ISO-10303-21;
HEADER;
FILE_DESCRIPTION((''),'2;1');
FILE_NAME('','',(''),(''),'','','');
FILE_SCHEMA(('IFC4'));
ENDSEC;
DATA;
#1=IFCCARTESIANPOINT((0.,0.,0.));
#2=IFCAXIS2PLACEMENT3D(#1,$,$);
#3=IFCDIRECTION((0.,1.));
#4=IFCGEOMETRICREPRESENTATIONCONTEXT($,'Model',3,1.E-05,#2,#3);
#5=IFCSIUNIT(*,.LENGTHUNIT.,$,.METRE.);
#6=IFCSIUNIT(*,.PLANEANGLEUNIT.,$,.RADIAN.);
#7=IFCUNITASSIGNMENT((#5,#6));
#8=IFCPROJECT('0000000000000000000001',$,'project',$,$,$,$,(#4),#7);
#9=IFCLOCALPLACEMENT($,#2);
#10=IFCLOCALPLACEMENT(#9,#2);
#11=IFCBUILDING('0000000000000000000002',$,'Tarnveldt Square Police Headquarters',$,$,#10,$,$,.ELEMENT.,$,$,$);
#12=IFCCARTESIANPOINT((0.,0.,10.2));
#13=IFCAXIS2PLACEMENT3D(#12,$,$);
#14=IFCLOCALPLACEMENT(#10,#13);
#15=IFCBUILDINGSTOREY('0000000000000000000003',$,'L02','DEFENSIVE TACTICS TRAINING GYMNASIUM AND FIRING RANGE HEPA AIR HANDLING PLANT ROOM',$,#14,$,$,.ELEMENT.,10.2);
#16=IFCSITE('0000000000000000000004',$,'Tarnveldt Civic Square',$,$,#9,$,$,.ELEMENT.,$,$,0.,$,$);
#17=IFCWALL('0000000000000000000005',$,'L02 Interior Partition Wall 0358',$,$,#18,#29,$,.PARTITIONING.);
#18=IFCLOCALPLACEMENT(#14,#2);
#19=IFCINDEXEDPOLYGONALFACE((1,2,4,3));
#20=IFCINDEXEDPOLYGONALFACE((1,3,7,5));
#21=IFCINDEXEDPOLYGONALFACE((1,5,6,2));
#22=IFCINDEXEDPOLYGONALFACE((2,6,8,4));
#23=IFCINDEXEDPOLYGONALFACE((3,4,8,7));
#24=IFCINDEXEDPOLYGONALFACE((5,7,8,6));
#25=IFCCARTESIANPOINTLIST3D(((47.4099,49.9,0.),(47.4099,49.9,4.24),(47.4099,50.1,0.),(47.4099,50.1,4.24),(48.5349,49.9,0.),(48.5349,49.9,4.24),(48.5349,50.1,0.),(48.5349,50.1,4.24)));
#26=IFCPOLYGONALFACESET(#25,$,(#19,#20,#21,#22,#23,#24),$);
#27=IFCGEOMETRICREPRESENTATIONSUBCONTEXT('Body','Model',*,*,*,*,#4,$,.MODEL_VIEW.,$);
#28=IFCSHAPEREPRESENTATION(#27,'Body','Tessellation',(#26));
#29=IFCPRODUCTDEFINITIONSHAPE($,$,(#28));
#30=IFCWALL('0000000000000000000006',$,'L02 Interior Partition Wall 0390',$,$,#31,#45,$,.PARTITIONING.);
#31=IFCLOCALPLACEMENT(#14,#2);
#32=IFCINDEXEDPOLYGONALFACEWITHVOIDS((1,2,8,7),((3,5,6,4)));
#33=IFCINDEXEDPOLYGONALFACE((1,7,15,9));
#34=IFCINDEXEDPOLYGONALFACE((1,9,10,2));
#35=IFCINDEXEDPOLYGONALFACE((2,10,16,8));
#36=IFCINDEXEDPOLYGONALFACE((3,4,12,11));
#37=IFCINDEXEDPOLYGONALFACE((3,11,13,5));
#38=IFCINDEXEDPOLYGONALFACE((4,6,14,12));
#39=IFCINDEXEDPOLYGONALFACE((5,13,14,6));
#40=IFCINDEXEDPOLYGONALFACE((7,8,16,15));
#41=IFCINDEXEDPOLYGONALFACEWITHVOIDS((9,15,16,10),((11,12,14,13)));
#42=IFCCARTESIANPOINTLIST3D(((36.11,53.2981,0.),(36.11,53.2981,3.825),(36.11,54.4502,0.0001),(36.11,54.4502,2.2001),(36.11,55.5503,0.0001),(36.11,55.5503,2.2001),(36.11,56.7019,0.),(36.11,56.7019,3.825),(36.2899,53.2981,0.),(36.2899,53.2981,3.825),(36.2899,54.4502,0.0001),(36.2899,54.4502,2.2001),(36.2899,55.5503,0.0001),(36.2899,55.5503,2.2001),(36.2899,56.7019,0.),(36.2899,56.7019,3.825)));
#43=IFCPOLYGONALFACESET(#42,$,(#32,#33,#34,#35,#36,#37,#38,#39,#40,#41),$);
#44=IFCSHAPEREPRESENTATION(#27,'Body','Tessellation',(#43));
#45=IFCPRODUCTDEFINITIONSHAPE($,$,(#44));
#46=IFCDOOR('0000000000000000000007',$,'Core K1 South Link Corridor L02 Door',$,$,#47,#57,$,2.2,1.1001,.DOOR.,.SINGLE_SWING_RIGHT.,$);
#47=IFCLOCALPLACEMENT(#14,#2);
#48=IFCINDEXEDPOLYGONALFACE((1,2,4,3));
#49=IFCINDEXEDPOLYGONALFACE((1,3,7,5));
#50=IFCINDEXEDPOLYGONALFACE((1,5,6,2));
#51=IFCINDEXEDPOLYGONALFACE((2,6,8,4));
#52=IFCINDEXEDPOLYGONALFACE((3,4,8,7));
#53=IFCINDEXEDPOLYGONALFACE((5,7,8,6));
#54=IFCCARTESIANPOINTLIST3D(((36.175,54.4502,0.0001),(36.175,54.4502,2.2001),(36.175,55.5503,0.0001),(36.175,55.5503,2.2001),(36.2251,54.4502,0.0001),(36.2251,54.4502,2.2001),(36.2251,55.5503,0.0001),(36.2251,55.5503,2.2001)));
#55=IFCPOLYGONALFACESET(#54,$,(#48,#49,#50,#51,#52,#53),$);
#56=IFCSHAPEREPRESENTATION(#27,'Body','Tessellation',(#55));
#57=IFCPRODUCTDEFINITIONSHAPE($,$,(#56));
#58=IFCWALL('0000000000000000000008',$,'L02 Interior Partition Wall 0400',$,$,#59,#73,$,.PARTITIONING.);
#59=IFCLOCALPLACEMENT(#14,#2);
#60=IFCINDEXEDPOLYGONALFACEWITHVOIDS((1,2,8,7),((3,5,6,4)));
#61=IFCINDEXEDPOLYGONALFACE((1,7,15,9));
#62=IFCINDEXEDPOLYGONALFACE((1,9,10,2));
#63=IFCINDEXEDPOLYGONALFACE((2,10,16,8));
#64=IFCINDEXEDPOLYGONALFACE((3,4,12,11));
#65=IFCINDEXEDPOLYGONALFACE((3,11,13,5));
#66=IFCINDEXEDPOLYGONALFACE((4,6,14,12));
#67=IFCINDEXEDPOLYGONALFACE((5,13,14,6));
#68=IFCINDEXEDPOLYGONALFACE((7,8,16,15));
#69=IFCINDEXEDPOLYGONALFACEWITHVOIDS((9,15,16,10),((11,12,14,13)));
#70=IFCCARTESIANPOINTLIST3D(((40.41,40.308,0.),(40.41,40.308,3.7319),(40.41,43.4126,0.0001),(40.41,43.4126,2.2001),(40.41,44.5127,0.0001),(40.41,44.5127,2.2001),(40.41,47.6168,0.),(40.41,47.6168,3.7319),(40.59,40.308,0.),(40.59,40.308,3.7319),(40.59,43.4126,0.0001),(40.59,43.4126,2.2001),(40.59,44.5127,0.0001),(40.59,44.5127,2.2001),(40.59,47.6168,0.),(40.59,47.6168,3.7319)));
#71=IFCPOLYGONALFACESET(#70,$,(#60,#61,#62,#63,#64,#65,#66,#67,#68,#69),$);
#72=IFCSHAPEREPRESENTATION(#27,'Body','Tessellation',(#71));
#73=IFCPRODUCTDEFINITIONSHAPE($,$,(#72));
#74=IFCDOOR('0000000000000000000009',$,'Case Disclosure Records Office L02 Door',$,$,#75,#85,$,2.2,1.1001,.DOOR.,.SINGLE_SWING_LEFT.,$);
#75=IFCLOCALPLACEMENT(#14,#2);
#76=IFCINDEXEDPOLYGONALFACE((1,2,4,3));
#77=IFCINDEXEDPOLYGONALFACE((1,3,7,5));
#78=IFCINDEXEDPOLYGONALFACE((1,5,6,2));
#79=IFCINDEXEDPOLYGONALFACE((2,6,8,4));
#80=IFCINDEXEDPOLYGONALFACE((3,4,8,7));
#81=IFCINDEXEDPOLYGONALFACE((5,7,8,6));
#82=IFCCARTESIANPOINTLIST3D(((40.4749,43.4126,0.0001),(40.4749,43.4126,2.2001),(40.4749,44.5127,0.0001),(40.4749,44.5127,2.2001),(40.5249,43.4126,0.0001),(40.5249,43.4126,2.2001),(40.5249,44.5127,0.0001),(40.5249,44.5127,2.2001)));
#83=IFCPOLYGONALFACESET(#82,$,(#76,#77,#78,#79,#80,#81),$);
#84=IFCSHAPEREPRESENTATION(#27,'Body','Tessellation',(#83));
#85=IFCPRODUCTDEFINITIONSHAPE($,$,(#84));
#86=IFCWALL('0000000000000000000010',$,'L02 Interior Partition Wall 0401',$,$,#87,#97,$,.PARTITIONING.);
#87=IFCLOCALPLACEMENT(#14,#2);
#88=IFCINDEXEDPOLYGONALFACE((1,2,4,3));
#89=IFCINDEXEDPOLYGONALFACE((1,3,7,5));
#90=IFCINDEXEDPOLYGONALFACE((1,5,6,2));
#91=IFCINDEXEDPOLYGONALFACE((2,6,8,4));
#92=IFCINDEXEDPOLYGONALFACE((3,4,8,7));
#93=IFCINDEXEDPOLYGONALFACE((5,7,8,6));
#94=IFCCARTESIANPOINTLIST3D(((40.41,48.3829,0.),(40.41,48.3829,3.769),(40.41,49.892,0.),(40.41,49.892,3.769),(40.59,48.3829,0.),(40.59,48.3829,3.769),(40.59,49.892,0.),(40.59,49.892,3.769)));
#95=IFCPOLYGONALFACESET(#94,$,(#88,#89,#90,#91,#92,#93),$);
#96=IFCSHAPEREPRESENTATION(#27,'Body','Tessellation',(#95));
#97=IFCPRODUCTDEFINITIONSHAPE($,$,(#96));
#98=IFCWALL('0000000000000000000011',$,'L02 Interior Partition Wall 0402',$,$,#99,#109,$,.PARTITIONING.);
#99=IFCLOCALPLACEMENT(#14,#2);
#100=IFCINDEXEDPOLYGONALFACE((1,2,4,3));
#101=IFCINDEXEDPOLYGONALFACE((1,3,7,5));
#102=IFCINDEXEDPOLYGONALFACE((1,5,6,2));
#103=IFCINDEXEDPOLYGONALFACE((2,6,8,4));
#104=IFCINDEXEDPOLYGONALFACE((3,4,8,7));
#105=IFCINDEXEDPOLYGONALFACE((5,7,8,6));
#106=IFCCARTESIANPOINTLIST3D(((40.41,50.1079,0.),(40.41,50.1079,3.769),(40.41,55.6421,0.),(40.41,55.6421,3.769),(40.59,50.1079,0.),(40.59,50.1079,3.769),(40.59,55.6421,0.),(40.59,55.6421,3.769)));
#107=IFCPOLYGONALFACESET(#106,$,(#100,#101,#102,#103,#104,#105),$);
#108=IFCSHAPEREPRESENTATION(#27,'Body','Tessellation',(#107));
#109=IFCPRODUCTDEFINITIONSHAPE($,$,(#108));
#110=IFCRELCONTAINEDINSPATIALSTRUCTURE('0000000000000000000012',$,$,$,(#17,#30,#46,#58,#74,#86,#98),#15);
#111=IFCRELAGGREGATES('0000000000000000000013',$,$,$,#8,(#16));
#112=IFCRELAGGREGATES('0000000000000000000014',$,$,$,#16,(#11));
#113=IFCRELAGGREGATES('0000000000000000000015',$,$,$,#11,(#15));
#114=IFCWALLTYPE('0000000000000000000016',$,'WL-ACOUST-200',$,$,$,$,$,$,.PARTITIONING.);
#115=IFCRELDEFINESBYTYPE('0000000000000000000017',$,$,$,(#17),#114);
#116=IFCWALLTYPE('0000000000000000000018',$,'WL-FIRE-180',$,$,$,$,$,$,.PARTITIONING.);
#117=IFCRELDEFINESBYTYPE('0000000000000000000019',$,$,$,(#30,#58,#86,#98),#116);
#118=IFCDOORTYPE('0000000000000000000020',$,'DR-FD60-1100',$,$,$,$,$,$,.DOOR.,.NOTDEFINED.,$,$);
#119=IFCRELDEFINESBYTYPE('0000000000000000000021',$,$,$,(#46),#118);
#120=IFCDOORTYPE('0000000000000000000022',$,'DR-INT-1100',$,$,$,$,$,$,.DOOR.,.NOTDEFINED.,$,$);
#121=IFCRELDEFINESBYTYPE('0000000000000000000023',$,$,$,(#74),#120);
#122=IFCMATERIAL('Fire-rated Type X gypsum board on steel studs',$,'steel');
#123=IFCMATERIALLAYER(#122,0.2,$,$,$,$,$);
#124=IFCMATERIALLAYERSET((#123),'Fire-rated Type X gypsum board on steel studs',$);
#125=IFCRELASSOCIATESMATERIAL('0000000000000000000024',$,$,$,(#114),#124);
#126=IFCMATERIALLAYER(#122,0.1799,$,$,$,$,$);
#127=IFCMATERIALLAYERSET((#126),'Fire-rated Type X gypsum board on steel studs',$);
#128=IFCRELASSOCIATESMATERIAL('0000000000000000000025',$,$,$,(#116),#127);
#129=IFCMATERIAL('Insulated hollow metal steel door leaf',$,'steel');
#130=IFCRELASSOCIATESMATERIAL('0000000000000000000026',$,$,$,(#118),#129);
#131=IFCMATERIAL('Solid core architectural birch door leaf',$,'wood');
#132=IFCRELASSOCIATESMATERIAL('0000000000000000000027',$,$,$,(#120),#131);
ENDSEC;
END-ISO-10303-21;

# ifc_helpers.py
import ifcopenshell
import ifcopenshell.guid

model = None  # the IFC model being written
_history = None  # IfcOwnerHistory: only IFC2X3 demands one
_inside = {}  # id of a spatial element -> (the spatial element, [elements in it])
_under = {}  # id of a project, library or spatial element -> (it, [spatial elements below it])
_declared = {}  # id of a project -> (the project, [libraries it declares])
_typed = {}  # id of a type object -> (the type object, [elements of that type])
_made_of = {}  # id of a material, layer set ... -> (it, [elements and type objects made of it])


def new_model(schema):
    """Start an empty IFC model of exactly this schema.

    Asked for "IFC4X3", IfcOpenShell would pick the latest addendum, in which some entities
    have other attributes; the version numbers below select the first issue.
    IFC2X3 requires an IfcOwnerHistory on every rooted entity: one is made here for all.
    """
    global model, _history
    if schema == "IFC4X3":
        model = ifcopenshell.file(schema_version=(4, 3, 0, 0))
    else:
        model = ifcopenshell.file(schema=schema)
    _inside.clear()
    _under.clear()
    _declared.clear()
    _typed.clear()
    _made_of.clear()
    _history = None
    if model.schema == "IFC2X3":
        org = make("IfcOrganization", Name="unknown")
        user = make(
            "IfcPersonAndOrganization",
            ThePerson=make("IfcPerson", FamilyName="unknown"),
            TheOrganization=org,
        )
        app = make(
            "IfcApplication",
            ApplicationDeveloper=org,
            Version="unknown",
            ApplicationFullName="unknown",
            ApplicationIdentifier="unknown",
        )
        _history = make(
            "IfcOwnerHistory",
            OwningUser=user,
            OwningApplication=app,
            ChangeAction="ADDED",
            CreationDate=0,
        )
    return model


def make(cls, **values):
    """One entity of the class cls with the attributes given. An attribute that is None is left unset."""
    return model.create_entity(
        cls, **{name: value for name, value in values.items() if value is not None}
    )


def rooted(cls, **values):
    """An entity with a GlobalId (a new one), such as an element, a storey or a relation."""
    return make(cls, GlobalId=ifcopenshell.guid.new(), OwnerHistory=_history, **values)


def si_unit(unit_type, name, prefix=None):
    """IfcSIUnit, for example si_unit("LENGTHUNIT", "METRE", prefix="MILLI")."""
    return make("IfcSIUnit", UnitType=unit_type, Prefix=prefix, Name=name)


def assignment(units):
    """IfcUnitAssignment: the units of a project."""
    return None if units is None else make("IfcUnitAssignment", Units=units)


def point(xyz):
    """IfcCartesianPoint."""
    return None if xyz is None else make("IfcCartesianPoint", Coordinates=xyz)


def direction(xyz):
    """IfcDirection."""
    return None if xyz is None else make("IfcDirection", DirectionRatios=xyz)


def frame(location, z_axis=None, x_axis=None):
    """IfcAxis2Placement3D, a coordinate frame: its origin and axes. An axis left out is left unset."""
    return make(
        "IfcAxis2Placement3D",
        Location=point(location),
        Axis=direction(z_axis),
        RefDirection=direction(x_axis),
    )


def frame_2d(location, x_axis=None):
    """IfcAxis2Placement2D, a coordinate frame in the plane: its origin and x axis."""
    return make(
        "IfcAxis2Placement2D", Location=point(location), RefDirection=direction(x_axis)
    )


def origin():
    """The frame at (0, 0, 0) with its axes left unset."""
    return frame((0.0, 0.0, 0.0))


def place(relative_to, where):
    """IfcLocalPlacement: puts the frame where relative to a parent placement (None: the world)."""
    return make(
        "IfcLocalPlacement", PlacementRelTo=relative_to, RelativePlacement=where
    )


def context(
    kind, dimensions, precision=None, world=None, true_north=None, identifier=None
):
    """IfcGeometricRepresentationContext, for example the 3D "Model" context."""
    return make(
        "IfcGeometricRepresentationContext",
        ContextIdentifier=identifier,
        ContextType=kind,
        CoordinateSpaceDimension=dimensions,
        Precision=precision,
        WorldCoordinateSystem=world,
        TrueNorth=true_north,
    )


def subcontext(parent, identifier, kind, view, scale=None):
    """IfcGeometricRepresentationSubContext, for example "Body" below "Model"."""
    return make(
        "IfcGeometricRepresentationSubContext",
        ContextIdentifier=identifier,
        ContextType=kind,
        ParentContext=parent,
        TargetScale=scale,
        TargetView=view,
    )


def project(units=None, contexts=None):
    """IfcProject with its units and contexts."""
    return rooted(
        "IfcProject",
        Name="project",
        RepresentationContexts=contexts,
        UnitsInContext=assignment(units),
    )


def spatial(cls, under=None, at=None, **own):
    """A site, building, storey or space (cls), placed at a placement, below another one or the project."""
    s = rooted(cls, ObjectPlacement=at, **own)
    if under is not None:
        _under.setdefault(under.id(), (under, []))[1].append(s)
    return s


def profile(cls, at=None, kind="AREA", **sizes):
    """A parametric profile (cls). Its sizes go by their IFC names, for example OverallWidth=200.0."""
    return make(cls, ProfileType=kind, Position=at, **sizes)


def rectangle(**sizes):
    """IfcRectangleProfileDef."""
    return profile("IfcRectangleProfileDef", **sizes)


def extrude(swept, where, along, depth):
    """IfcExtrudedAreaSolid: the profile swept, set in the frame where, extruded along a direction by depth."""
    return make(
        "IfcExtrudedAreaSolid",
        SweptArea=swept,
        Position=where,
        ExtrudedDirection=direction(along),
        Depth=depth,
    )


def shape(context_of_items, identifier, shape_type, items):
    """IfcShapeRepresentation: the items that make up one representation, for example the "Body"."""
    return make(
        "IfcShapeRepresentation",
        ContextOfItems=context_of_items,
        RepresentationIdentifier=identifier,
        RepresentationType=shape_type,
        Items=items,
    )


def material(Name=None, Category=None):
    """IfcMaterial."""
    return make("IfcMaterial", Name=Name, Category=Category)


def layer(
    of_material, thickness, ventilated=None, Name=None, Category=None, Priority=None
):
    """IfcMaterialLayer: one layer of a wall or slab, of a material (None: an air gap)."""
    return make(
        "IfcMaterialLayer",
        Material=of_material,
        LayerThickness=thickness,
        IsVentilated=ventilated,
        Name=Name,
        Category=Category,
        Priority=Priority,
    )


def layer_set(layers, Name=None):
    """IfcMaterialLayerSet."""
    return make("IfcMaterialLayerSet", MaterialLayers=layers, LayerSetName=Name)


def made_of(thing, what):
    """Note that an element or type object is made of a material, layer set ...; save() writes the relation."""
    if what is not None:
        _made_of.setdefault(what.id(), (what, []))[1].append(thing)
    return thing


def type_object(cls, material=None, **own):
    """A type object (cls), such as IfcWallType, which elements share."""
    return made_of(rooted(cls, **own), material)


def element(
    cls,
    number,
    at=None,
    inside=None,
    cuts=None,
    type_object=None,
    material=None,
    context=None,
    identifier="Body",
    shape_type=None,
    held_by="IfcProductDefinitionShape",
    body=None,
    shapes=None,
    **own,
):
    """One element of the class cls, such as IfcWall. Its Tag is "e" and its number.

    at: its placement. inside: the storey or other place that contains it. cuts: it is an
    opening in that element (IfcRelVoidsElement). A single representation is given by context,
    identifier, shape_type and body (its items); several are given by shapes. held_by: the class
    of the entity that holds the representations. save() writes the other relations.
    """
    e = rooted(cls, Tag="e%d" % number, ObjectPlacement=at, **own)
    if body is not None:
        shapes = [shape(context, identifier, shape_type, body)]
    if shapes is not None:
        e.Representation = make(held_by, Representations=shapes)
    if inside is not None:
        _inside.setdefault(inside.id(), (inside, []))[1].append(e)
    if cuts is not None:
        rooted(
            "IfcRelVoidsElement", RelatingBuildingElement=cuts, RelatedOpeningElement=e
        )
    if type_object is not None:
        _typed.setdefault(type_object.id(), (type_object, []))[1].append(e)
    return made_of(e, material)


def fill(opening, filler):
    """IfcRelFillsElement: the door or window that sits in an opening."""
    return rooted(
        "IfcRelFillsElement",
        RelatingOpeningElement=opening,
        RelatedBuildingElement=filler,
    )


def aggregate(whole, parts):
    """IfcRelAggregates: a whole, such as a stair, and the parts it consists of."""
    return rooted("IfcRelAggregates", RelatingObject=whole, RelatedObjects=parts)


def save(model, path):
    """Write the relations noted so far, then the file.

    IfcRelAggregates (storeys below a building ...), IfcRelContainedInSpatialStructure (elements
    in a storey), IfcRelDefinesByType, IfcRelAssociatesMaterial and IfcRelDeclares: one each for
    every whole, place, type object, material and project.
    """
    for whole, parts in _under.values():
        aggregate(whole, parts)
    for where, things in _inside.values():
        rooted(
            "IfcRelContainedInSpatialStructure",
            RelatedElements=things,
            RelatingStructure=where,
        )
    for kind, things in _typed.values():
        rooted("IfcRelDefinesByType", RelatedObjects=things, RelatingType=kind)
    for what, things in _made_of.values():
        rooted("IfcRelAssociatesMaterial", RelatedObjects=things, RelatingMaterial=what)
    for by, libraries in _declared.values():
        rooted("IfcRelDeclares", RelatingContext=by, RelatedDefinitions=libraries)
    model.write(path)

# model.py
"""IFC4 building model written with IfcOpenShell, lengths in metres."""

from ifc_helpers import new_model, si_unit, direction, frame, frame_2d, origin, place, context, subcontext, project, spatial, rectangle, extrude, material, layer, layer_set, type_object, element, fill, save


model = new_model("IFC4")

# Units and contexts
model_context = context("Model", 3, precision=1e-05, world=origin(), true_north=direction((0.0, 1.0)))
body_context = subcontext(model_context, "Body", "Model", "MODEL_VIEW")
ifc_project = project(units=[si_unit("LENGTHUNIT", "METRE"), si_unit("PLANEANGLEUNIT", "RADIAN")], contexts=[model_context])

# Site, building, storey
site_placement = place(None, origin())
site = spatial("IfcSite", under=ifc_project, at=site_placement, Name="Tarnveldt Civic Square", CompositionType="ELEMENT", RefElevation=0.0)
building_placement = place(site_placement, origin())
building = spatial("IfcBuilding", under=site, at=building_placement, Name="Tarnveldt Square Police Headquarters", CompositionType="ELEMENT")
storey_placement = place(building_placement, frame((0.0, 0.0, 10.2)))
storey = spatial("IfcBuildingStorey", under=building, at=storey_placement, Name="L02", Description="DEFENSIVE TACTICS TRAINING GYMNASIUM AND FIRING RANGE HEPA AIR HANDLING PLANT ROOM", CompositionType="ELEMENT", Elevation=10.2)

# Wall
ifc_material_1 = material(Name="Fire-rated Type X gypsum board on steel studs", Category="steel")
ifc_layer_1 = layer(ifc_material_1, 0.2)
ifc_layer_set_1 = layer_set([ifc_layer_1], Name="Fire-rated Type X gypsum board on steel studs")
wall_type_1 = type_object("IfcWallType", Name="WL-ACOUST-200", PredefinedType="PARTITIONING", material=ifc_layer_set_1)
wall_1_placement = place(storey_placement, frame((47.4099, 50.0, 0.0), z_axis=(0.0, 0.0, 1.0), x_axis=(1.0, 0.0, 0.0)))
element("IfcWall", 1, at=wall_1_placement, inside=storey, type_object=wall_type_1, Name="L02 Interior Partition Wall 0358", PredefinedType="PARTITIONING", context=body_context, shape_type="SweptSolid", body=[
    extrude(rectangle(XDim=1.125, YDim=0.2, at=frame_2d((0.5625, 0.0))), origin(), (0.0, 0.0, 1.0), 4.24),
])

# Walls, openings, doors
ifc_layer_2 = layer(ifc_material_1, 0.1799)
ifc_layer_set_2 = layer_set([ifc_layer_2], Name="Fire-rated Type X gypsum board on steel studs")
wall_type_2 = type_object("IfcWallType", Name="WL-FIRE-180", PredefinedType="PARTITIONING", material=ifc_layer_set_2)
wall_2_placement = place(storey_placement, frame((36.2, 53.2981, 0.0), z_axis=(0.0, 0.0, 1.0), x_axis=(0.0, 1.0, 0.0)))
wall_2 = element("IfcWall", 2, at=wall_2_placement, inside=storey, type_object=wall_type_2, Name="L02 Interior Partition Wall 0390", PredefinedType="PARTITIONING", context=body_context, shape_type="SweptSolid", body=[
    extrude(rectangle(XDim=3.4038, YDim=0.1799, at=frame_2d((1.7019, 0.0))), origin(), (0.0, 0.0, 1.0), 3.825),
])
opening_1_placement = place(wall_2_placement, frame((1.1521, 0.0, 0.0)))
opening_1 = element("IfcOpeningElement", 3, at=opening_1_placement, cuts=wall_2, PredefinedType="OPENING", context=body_context, shape_type="SweptSolid", body=[
    extrude(rectangle(XDim=1.1001, YDim=2.2, at=frame_2d((0.55, 1.1001))), frame((0.0, 0.0999, 0.0), z_axis=(0.0, -1.0, 0.0), x_axis=(1.0, 0.0, 0.0)), (0.0, 0.0, 1.0), 0.2),
])
ifc_material_2 = material(Name="Insulated hollow metal steel door leaf", Category="steel")
door_type_1 = type_object("IfcDoorType", Name="DR-FD60-1100", OperationType="NOTDEFINED", PredefinedType="DOOR", material=ifc_material_2)
door_1_placement = place(opening_1_placement, origin())
door_1 = element("IfcDoor", 4, at=door_1_placement, inside=storey, type_object=door_type_1, Name="Core K1 South Link Corridor L02 Door", OperationType="SINGLE_SWING_RIGHT", OverallHeight=2.2, OverallWidth=1.1001, PredefinedType="DOOR", context=body_context, shape_type="SweptSolid", body=[
    extrude(rectangle(XDim=1.1001, YDim=2.2, at=frame_2d((0.55, 1.1001))), frame((0.0, 0.0249, 0.0), z_axis=(0.0, -1.0, 0.0), x_axis=(1.0, 0.0, 0.0)), (0.0, 0.0, 1.0), 0.05),
])
fill(opening_1, door_1)
wall_3_placement = place(storey_placement, frame((40.5, 40.3081, 0.0), z_axis=(0.0, 0.0, 1.0), x_axis=(0.0, 1.0, 0.0)))
wall_3 = element("IfcWall", 5, at=wall_3_placement, inside=storey, type_object=wall_type_2, Name="L02 Interior Partition Wall 0400", PredefinedType="PARTITIONING", context=body_context, shape_type="SweptSolid", body=[
    extrude(rectangle(XDim=7.3088, YDim=0.1799, at=frame_2d((3.6543, 0.0))), origin(), (0.0, 0.0, 1.0), 3.7319),
])
opening_2_placement = place(wall_3_placement, frame((3.1045, 0.0, 0.0)))
opening_2 = element("IfcOpeningElement", 6, at=opening_2_placement, cuts=wall_3, PredefinedType="OPENING", context=body_context, shape_type="SweptSolid", body=[
    extrude(rectangle(XDim=1.1001, YDim=2.2, at=frame_2d((0.55, 1.1001))), frame((0.0, 0.0999, 0.0), z_axis=(0.0, -1.0, 0.0), x_axis=(1.0, 0.0, 0.0)), (0.0, 0.0, 1.0), 0.2),
])
ifc_material_3 = material(Name="Solid core architectural birch door leaf", Category="wood")
door_type_2 = type_object("IfcDoorType", Name="DR-INT-1100", OperationType="NOTDEFINED", PredefinedType="DOOR", material=ifc_material_3)
door_2_placement = place(opening_2_placement, frame((1.1001, 0.0, 0.0), z_axis=(0.0, 0.0, 1.0), x_axis=(-1.0, 0.0, 0.0)))
door_2 = element("IfcDoor", 7, at=door_2_placement, inside=storey, type_object=door_type_2, Name="Case Disclosure Records Office L02 Door", OperationType="SINGLE_SWING_LEFT", OverallHeight=2.2, OverallWidth=1.1001, PredefinedType="DOOR", context=body_context, shape_type="SweptSolid", body=[
    extrude(rectangle(XDim=1.1001, YDim=2.2, at=frame_2d((0.55, 1.1001))), frame((0.0, 0.0249, 0.0), z_axis=(0.0, -1.0, 0.0), x_axis=(1.0, 0.0, 0.0)), (0.0, 0.0, 1.0), 0.05),
])
fill(opening_2, door_2)

# Walls
wall_4_placement = place(storey_placement, frame((40.5, 48.3831, 0.0), z_axis=(0.0, 0.0, 1.0), x_axis=(0.0, 1.0, 0.0)))
element("IfcWall", 8, at=wall_4_placement, inside=storey, type_object=wall_type_2, Name="L02 Interior Partition Wall 0401", PredefinedType="PARTITIONING", context=body_context, shape_type="SweptSolid", body=[
    extrude(rectangle(XDim=1.509, YDim=0.1799, at=frame_2d((0.7544, 0.0))), origin(), (0.0, 0.0, 1.0), 3.769),
])
wall_5_placement = place(storey_placement, frame((40.5, 50.1079, 0.0), z_axis=(0.0, 0.0, 1.0), x_axis=(0.0, 1.0, 0.0)))
element("IfcWall", 9, at=wall_5_placement, inside=storey, type_object=wall_type_2, Name="L02 Interior Partition Wall 0402", PredefinedType="PARTITIONING", context=body_context, shape_type="SweptSolid", body=[
    extrude(rectangle(XDim=5.5342, YDim=0.1799, at=frame_2d((2.7671, 0.0))), origin(), (0.0, 0.0, 1.0), 3.769),
])

save(model, "model.ifc")
